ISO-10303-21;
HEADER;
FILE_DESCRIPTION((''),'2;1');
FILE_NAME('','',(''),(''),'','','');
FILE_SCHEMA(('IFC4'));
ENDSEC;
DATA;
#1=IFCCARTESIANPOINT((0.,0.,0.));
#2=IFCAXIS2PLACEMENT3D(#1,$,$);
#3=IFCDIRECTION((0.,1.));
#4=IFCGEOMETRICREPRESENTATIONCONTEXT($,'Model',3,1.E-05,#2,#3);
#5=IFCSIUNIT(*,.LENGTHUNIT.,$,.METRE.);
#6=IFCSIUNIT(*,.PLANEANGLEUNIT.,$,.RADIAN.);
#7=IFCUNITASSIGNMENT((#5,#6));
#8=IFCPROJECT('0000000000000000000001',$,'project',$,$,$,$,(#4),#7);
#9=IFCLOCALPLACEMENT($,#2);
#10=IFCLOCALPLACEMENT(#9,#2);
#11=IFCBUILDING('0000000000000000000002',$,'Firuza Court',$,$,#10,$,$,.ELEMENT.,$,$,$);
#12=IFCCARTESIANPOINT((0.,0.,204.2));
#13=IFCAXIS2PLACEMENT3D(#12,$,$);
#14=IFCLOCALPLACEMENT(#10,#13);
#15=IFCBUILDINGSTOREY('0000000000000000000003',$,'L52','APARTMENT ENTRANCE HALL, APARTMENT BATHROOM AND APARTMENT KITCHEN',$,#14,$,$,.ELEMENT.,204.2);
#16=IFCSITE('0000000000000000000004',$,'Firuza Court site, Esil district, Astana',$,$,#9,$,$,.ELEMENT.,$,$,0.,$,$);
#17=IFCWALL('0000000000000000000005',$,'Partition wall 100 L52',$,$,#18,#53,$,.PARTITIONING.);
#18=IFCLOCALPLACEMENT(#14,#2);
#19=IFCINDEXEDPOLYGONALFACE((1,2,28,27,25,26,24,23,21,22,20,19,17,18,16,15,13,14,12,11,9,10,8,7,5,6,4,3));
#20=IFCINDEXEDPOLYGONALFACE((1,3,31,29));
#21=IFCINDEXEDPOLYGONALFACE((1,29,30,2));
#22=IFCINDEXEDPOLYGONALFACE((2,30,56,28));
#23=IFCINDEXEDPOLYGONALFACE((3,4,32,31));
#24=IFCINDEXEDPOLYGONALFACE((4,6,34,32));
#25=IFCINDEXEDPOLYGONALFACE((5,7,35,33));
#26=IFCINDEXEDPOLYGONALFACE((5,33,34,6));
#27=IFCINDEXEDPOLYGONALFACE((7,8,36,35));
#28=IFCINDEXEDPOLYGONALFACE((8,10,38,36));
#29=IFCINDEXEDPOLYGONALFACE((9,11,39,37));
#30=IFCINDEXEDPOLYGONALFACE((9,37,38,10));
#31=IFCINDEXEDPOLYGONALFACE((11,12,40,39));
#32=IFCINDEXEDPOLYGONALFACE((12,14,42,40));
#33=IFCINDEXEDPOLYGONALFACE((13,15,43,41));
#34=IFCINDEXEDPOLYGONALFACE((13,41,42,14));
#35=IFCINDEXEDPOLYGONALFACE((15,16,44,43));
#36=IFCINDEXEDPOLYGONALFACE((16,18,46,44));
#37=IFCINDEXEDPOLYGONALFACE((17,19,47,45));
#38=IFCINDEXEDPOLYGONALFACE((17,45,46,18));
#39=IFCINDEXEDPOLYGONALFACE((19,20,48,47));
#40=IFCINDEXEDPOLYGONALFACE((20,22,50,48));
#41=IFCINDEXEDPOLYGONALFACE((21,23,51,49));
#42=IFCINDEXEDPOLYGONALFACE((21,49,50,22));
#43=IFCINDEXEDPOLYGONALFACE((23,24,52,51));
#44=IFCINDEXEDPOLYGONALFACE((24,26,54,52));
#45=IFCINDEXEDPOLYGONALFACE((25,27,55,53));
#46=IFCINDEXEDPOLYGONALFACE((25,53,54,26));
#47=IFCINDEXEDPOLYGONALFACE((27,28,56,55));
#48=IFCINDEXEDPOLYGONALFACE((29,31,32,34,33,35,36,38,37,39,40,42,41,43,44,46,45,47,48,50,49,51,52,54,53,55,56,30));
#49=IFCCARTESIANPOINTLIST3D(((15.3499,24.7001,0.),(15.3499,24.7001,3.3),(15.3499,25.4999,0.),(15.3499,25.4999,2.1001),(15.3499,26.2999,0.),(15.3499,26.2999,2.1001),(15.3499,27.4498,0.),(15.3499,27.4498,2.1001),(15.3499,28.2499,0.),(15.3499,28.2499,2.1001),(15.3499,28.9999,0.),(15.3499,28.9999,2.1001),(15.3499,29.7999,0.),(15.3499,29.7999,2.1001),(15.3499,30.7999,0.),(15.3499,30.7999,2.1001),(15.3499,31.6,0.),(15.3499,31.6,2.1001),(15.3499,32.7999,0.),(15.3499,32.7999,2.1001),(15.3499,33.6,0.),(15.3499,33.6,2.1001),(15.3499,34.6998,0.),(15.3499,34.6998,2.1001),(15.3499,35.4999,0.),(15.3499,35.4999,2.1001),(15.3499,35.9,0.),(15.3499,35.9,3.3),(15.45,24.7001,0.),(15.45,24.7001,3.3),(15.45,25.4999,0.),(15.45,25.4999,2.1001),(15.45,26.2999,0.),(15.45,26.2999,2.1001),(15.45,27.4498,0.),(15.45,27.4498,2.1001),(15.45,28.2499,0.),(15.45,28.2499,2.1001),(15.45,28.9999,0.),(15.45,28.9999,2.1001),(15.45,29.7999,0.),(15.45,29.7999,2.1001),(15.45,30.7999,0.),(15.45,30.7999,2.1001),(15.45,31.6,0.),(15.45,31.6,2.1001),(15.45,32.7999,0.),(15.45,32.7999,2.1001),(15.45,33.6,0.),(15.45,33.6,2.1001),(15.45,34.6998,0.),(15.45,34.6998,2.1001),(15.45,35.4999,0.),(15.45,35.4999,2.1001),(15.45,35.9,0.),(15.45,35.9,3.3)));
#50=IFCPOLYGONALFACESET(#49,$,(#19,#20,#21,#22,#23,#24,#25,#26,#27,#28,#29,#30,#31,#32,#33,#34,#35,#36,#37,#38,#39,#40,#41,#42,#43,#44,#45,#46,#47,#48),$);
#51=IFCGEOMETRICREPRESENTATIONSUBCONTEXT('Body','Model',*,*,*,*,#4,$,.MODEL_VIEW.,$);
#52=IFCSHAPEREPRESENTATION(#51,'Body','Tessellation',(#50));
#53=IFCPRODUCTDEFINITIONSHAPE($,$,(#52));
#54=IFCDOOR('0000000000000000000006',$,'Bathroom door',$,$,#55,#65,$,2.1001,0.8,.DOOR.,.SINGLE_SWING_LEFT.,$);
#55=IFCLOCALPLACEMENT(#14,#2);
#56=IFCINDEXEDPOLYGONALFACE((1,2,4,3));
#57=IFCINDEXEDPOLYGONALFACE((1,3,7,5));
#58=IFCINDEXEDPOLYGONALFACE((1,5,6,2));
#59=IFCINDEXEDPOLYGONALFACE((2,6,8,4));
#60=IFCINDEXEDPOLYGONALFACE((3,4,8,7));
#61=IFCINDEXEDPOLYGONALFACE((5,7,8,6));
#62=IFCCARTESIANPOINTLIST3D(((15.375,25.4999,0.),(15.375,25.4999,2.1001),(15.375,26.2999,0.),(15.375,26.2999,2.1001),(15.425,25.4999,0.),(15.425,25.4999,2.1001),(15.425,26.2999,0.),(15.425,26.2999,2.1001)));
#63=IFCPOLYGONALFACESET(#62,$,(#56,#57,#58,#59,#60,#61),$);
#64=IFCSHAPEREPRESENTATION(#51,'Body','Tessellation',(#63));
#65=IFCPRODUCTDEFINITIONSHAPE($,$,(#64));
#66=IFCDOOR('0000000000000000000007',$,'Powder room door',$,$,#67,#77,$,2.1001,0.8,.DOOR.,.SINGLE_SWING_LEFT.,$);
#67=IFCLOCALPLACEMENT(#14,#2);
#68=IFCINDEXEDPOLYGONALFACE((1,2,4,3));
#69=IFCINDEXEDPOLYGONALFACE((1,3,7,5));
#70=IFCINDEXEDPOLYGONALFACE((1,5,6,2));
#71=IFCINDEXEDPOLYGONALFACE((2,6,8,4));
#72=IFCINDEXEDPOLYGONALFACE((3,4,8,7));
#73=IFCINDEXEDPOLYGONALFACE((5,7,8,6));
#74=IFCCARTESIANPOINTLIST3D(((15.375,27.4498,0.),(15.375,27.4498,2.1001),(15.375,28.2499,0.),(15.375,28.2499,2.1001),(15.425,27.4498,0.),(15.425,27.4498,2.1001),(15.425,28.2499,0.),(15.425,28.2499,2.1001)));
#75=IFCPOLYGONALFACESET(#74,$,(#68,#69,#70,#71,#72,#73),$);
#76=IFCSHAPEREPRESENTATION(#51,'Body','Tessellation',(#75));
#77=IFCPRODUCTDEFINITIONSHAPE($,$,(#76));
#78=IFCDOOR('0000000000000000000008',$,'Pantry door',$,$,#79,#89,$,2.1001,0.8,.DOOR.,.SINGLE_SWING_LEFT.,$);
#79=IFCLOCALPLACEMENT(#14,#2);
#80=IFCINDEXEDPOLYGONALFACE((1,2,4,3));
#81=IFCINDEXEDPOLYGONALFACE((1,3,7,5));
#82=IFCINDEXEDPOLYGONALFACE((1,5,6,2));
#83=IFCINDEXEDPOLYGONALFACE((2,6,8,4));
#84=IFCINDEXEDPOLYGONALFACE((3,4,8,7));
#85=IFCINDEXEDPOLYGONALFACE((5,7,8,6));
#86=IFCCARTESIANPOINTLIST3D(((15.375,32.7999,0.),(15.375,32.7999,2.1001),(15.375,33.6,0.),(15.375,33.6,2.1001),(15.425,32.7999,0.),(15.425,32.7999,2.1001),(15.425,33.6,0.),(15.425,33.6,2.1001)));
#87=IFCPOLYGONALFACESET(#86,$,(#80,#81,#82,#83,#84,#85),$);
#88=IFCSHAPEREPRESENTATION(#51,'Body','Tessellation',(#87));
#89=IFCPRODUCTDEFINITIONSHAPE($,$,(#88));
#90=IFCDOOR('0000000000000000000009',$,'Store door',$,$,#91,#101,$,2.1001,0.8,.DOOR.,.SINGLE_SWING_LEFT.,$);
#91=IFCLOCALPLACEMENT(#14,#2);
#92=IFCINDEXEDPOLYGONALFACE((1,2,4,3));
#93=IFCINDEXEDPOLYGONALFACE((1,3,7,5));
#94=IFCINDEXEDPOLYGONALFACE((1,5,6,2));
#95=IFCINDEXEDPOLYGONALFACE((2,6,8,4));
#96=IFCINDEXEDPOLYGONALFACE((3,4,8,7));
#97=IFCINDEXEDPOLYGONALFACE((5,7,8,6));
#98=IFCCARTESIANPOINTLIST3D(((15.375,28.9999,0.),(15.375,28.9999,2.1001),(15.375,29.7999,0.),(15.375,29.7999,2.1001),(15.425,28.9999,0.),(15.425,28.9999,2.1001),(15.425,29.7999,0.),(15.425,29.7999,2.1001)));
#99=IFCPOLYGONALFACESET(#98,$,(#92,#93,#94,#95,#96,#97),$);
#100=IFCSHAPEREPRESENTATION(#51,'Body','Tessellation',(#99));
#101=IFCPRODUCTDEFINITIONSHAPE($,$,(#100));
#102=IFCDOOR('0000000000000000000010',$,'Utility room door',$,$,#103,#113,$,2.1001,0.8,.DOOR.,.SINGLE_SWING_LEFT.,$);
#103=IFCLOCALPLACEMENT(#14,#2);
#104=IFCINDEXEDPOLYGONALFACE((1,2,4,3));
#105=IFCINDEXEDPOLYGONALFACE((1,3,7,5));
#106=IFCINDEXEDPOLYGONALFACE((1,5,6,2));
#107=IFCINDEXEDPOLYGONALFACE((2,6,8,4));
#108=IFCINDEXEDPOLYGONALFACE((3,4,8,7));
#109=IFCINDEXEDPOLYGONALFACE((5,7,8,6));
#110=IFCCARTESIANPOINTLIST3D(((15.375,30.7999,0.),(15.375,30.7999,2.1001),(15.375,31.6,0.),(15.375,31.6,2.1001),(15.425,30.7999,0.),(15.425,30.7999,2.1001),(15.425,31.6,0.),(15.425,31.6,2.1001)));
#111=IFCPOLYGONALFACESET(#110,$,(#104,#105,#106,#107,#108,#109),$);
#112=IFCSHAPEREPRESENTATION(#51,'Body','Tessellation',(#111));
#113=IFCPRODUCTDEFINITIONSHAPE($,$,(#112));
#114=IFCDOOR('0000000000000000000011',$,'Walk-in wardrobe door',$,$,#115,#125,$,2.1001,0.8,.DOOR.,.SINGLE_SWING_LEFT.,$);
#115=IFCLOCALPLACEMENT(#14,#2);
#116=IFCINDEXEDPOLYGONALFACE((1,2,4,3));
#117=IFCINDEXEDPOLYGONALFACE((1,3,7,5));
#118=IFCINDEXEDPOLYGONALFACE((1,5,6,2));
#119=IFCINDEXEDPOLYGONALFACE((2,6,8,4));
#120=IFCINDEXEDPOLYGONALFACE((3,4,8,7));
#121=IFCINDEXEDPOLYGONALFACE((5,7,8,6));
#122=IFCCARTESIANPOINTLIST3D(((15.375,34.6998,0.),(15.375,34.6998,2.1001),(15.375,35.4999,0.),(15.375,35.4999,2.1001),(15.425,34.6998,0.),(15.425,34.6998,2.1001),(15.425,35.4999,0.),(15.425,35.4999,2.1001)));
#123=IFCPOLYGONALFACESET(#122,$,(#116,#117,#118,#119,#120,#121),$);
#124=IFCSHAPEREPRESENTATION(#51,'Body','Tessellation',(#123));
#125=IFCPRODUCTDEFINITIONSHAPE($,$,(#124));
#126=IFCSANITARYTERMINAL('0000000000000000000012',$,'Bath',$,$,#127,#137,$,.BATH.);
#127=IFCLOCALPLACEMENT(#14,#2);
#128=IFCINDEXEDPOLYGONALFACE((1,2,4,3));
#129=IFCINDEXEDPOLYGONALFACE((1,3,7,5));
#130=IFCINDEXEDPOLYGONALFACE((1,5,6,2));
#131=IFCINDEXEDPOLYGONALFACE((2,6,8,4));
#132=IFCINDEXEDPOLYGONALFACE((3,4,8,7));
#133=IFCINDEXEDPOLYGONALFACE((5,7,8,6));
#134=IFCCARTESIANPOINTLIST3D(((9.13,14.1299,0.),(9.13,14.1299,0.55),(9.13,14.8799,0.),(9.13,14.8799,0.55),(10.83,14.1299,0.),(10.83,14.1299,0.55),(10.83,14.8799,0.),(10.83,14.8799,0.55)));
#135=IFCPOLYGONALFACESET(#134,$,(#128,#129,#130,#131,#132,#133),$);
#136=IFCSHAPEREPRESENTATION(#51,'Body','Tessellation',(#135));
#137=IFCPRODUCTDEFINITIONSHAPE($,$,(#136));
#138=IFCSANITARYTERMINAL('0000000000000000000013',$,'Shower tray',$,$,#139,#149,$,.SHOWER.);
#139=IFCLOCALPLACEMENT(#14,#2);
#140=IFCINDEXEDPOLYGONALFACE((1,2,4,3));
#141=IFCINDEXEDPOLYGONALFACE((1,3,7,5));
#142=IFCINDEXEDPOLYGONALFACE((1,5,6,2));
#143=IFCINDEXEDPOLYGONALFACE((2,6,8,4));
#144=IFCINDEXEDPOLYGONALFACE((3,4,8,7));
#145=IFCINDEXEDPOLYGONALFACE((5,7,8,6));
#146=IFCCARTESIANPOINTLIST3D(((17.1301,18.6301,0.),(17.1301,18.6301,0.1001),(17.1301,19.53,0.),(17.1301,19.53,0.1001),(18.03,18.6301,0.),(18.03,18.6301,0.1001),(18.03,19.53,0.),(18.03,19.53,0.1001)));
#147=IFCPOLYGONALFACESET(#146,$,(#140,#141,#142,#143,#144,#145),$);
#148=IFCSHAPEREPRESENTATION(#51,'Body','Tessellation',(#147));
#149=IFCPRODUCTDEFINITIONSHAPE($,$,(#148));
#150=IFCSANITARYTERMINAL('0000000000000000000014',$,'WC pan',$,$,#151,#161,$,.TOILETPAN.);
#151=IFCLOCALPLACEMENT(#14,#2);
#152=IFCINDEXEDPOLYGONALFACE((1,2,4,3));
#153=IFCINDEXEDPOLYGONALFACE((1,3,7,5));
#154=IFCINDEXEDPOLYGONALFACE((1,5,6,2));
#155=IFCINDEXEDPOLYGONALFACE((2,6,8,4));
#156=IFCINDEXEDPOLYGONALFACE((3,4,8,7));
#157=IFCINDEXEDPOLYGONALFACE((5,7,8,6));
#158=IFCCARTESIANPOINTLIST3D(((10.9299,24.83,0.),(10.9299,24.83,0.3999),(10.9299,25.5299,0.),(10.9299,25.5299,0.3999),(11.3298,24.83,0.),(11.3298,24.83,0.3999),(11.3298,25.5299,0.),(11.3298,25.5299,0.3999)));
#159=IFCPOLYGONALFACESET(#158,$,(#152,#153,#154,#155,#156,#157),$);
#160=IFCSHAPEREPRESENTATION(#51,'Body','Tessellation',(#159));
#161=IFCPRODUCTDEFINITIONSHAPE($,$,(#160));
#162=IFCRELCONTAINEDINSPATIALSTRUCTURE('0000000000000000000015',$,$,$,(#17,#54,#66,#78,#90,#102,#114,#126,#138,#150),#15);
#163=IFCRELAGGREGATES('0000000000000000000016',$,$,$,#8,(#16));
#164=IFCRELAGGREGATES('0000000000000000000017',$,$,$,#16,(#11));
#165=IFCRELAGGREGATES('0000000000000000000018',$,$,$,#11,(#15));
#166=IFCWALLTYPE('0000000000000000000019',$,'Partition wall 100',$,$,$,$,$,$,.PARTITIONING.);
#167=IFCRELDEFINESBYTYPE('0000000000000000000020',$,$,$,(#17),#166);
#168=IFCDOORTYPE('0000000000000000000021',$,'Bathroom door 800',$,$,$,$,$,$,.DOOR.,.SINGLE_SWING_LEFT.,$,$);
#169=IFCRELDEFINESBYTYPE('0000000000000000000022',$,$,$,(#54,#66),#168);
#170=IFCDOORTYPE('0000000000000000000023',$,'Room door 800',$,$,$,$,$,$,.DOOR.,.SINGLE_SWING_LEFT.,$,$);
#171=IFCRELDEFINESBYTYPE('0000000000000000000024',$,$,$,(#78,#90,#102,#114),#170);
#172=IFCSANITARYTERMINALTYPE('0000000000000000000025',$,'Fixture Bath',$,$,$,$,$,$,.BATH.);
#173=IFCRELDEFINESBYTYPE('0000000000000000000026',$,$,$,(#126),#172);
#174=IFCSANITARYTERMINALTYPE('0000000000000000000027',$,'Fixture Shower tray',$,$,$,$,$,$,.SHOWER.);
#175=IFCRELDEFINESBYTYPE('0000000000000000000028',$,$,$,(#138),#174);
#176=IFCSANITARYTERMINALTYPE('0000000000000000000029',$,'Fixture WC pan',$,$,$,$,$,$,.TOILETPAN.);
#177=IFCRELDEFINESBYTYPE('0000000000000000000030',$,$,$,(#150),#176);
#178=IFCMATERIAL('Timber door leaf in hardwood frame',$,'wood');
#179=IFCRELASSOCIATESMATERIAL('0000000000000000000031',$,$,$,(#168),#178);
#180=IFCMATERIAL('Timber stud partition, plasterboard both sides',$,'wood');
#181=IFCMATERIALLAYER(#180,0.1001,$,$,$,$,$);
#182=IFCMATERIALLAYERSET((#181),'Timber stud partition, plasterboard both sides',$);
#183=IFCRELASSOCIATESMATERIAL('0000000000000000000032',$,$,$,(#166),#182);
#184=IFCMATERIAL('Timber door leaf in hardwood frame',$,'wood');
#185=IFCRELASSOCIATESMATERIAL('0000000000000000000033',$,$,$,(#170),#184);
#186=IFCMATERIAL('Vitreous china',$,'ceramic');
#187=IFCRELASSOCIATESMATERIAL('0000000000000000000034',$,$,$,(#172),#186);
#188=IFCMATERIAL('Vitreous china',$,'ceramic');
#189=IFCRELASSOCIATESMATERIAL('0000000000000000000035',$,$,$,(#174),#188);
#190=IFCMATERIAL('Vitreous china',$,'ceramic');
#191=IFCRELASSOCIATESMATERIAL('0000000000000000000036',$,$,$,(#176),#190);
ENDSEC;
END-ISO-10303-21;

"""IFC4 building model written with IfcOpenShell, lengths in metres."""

from ifc_helpers import new_model, si_unit, direction, frame, frame_2d, origin, origin_2d, place, context, subcontext, project, spatial, rectangle, extrude, material, layer, layer_set, type_object, element, fill, save


model = new_model("IFC4")

# Units and contexts
model_context = context("Model", 3, precision=1e-05, world=origin(), true_north=direction((0.0, 1.0)))
body_context = subcontext(model_context, "Body", "Model", "MODEL_VIEW")
ifc_project = project(units=[si_unit("LENGTHUNIT", "METRE"), si_unit("PLANEANGLEUNIT", "RADIAN")], contexts=[model_context])

# Site, building, storey
site_placement = place(None, origin())
site = spatial("IfcSite", under=ifc_project, at=site_placement, Name="Firuza Court site, Esil district, Astana", CompositionType="ELEMENT", RefElevation=0.0)
building_placement = place(site_placement, origin())
building = spatial("IfcBuilding", under=site, at=building_placement, Name="Firuza Court", CompositionType="ELEMENT")
storey_placement = place(building_placement, frame((0.0, 0.0, 204.2)))
storey = spatial("IfcBuildingStorey", under=building, at=storey_placement, Name="L52", Description="APARTMENT ENTRANCE HALL, APARTMENT BATHROOM AND APARTMENT KITCHEN", CompositionType="ELEMENT", Elevation=204.2)

# Shared definitions
ifc_material_1 = material(Name="Timber door leaf in hardwood frame", Category="wood")
door_type_1 = type_object("IfcDoorType", Name="Bathroom door 800", OperationType="SINGLE_SWING_LEFT", PredefinedType="DOOR", material=ifc_material_1)
ifc_material_2 = material(Name="Timber stud partition, plasterboard both sides", Category="wood")
ifc_layer_1 = layer(ifc_material_2, 0.1001)
ifc_layer_set_1 = layer_set([ifc_layer_1], Name="Timber stud partition, plasterboard both sides")
wall_type_1 = type_object("IfcWallType", Name="Partition wall 100", PredefinedType="PARTITIONING", material=ifc_layer_set_1)

# Wall, openings, doors
wall_1_placement = place(storey_placement, frame((15.3999, 24.7, 0.0), z_axis=(0.0, 0.0, 1.0), x_axis=(0.0, 1.0, 0.0)))
wall_1 = element("IfcWall", 1, at=wall_1_placement, inside=storey, type_object=wall_type_1, Name="Partition wall 100 L52", PredefinedType="PARTITIONING", context=body_context, shape_type="SweptSolid", body=[
    extrude(rectangle(XDim=11.2, YDim=0.1001, at=frame_2d((5.6001, 0.0))), origin(), (0.0, 0.0, 1.0), 3.3),
])
opening_1_placement = place(wall_1_placement, frame((0.8, 0.0, 0.0)))
opening_1 = element("IfcOpeningElement", 2, at=opening_1_placement, cuts=wall_1, PredefinedType="OPENING", context=body_context, shape_type="SweptSolid", body=[
    extrude(rectangle(XDim=0.8, YDim=2.1001, at=frame_2d((0.3999, 1.05))), frame((0.0, 0.062, 0.0), z_axis=(0.0, -1.0, 0.0), x_axis=(1.0, 0.0, 0.0)), (0.0, 0.0, 1.0), 0.124),
])
opening_2_placement = place(wall_1_placement, frame((8.1001, 0.0, 0.0)))
opening_2 = element("IfcOpeningElement", 3, at=opening_2_placement, cuts=wall_1, PredefinedType="OPENING", context=body_context, shape_type="SweptSolid", body=[
    extrude(rectangle(XDim=0.8, YDim=2.1001, at=frame_2d((0.3999, 1.05))), frame((0.0, 0.062, 0.0), z_axis=(0.0, -1.0, 0.0), x_axis=(1.0, 0.0, 0.0)), (0.0, 0.0, 1.0), 0.124),
])
opening_3_placement = place(wall_1_placement, frame((4.3, 0.0, 0.0)))
opening_3 = element("IfcOpeningElement", 4, at=opening_3_placement, cuts=wall_1, PredefinedType="OPENING", context=body_context, shape_type="SweptSolid", body=[
    extrude(rectangle(XDim=0.8, YDim=2.1001, at=frame_2d((0.3999, 1.05))), frame((0.0, 0.062, 0.0), z_axis=(0.0, -1.0, 0.0), x_axis=(1.0, 0.0, 0.0)), (0.0, 0.0, 1.0), 0.124),
])
opening_4_placement = place(wall_1_placement, frame((6.1001, 0.0, 0.0)))
opening_4 = element("IfcOpeningElement", 5, at=opening_4_placement, cuts=wall_1, PredefinedType="OPENING", context=body_context, shape_type="SweptSolid", body=[
    extrude(rectangle(XDim=0.8, YDim=2.1001, at=frame_2d((0.3999, 1.05))), frame((0.0, 0.062, 0.0), z_axis=(0.0, -1.0, 0.0), x_axis=(1.0, 0.0, 0.0)), (0.0, 0.0, 1.0), 0.124),
])
opening_5_placement = place(wall_1_placement, frame((10.0, 0.0, 0.0)))
opening_5 = element("IfcOpeningElement", 6, at=opening_5_placement, cuts=wall_1, PredefinedType="OPENING", context=body_context, shape_type="SweptSolid", body=[
    extrude(rectangle(XDim=0.8, YDim=2.1001, at=frame_2d((0.3999, 1.05))), frame((0.0, 0.062, 0.0), z_axis=(0.0, -1.0, 0.0), x_axis=(1.0, 0.0, 0.0)), (0.0, 0.0, 1.0), 0.124),
])
opening_6_placement = place(wall_1_placement, frame((2.75, 0.0, 0.0)))
opening_6 = element("IfcOpeningElement", 7, at=opening_6_placement, cuts=wall_1, PredefinedType="OPENING", context=body_context, shape_type="SweptSolid", body=[
    extrude(rectangle(XDim=0.8, YDim=2.1001, at=frame_2d((0.3999, 1.05))), frame((0.0, 0.062, 0.0), z_axis=(0.0, -1.0, 0.0), x_axis=(1.0, 0.0, 0.0)), (0.0, 0.0, 1.0), 0.124),
])
door_1_placement = place(opening_1_placement, origin())
door_1 = element("IfcDoor", 8, at=door_1_placement, inside=storey, type_object=door_type_1, Name="Bathroom door", OperationType="SINGLE_SWING_LEFT", OverallHeight=2.1001, OverallWidth=0.8, PredefinedType="DOOR", context=body_context, shape_type="SweptSolid", body=[
    extrude(rectangle(XDim=0.8, YDim=2.1001, at=frame_2d((0.3999, 1.05))), frame((0.0, 0.0249, 0.0), z_axis=(0.0, -1.0, 0.0), x_axis=(1.0, 0.0, 0.0)), (0.0, 0.0, 1.0), 0.05),
])
fill(opening_1, door_1)
door_2_placement = place(opening_6_placement, origin())
door_2 = element("IfcDoor", 9, at=door_2_placement, inside=storey, type_object=door_type_1, Name="Powder room door", OperationType="SINGLE_SWING_LEFT", OverallHeight=2.1001, OverallWidth=0.8, PredefinedType="DOOR", context=body_context, shape_type="SweptSolid", body=[
    extrude(rectangle(XDim=0.8, YDim=2.1001, at=frame_2d((0.3999, 1.05))), frame((0.0, 0.0249, 0.0), z_axis=(0.0, -1.0, 0.0), x_axis=(1.0, 0.0, 0.0)), (0.0, 0.0, 1.0), 0.05),
])
fill(opening_6, door_2)
ifc_material_3 = material(Name="Timber door leaf in hardwood frame", Category="wood")
door_type_2 = type_object("IfcDoorType", Name="Room door 800", OperationType="SINGLE_SWING_LEFT", PredefinedType="DOOR", material=ifc_material_3)
door_3_placement = place(opening_2_placement, origin())
door_3 = element("IfcDoor", 10, at=door_3_placement, inside=storey, type_object=door_type_2, Name="Pantry door", OperationType="SINGLE_SWING_LEFT", OverallHeight=2.1001, OverallWidth=0.8, PredefinedType="DOOR", context=body_context, shape_type="SweptSolid", body=[
    extrude(rectangle(XDim=0.8, YDim=2.1001, at=frame_2d((0.3999, 1.05))), frame((0.0, 0.0249, 0.0), z_axis=(0.0, -1.0, 0.0), x_axis=(1.0, 0.0, 0.0)), (0.0, 0.0, 1.0), 0.05),
])
fill(opening_2, door_3)
door_4_placement = place(opening_3_placement, origin())
door_4 = element("IfcDoor", 11, at=door_4_placement, inside=storey, type_object=door_type_2, Name="Store door", OperationType="SINGLE_SWING_LEFT", OverallHeight=2.1001, OverallWidth=0.8, PredefinedType="DOOR", context=body_context, shape_type="SweptSolid", body=[
    extrude(rectangle(XDim=0.8, YDim=2.1001, at=frame_2d((0.3999, 1.05))), frame((0.0, 0.0249, 0.0), z_axis=(0.0, -1.0, 0.0), x_axis=(1.0, 0.0, 0.0)), (0.0, 0.0, 1.0), 0.05),
])
fill(opening_3, door_4)
door_5_placement = place(opening_4_placement, origin())
door_5 = element("IfcDoor", 12, at=door_5_placement, inside=storey, type_object=door_type_2, Name="Utility room door", OperationType="SINGLE_SWING_LEFT", OverallHeight=2.1001, OverallWidth=0.8, PredefinedType="DOOR", context=body_context, shape_type="SweptSolid", body=[
    extrude(rectangle(XDim=0.8, YDim=2.1001, at=frame_2d((0.3999, 1.05))), frame((0.0, 0.0249, 0.0), z_axis=(0.0, -1.0, 0.0), x_axis=(1.0, 0.0, 0.0)), (0.0, 0.0, 1.0), 0.05),
])
fill(opening_4, door_5)
door_6_placement = place(opening_5_placement, origin())
door_6 = element("IfcDoor", 13, at=door_6_placement, inside=storey, type_object=door_type_2, Name="Walk-in wardrobe door", OperationType="SINGLE_SWING_LEFT", OverallHeight=2.1001, OverallWidth=0.8, PredefinedType="DOOR", context=body_context, shape_type="SweptSolid", body=[
    extrude(rectangle(XDim=0.8, YDim=2.1001, at=frame_2d((0.3999, 1.05))), frame((0.0, 0.0249, 0.0), z_axis=(0.0, -1.0, 0.0), x_axis=(1.0, 0.0, 0.0)), (0.0, 0.0, 1.0), 0.05),
])
fill(opening_5, door_6)

# Sanitary terminals
ifc_material_4 = material(Name="Vitreous china", Category="ceramic")
sanitary_terminal_type_1 = type_object("IfcSanitaryTerminalType", Name="Fixture Bath", PredefinedType="BATH", material=ifc_material_4)
sanitary_terminal_1_placement = place(storey_placement, frame((9.98, 14.5049, 0.0), z_axis=(0.0, 0.0, 1.0), x_axis=(1.0, 0.0, 0.0)))
element("IfcSanitaryTerminal", 14, at=sanitary_terminal_1_placement, inside=storey, type_object=sanitary_terminal_type_1, Name="Bath", PredefinedType="BATH", context=body_context, shape_type="SweptSolid", body=[
    extrude(rectangle(XDim=1.7, YDim=0.75, at=origin_2d()), origin(), (0.0, 0.0, 1.0), 0.55),
])
ifc_material_5 = material(Name="Vitreous china", Category="ceramic")
sanitary_terminal_type_2 = type_object("IfcSanitaryTerminalType", Name="Fixture Shower tray", PredefinedType="SHOWER", material=ifc_material_5)
sanitary_terminal_2_placement = place(storey_placement, frame((17.5801, 19.0801, 0.0), z_axis=(0.0, 0.0, 1.0), x_axis=(1.0, 0.0, 0.0)))
element("IfcSanitaryTerminal", 15, at=sanitary_terminal_2_placement, inside=storey, type_object=sanitary_terminal_type_2, Name="Shower tray", PredefinedType="SHOWER", context=body_context, shape_type="SweptSolid", body=[
    extrude(rectangle(XDim=0.8999, YDim=0.8999, at=origin_2d()), origin(), (0.0, 0.0, 1.0), 0.1001),
])
ifc_material_6 = material(Name="Vitreous china", Category="ceramic")
sanitary_terminal_type_3 = type_object("IfcSanitaryTerminalType", Name="Fixture WC pan", PredefinedType="TOILETPAN", material=ifc_material_6)
for number, where, z_axis, x_axis, name in (
    (16, (11.1299, 25.1799, 0.0), (0.0, 0.0, 1.0), (1.0, 0.0, 0.0), "WC pan"),
):
    element("IfcSanitaryTerminal", number, at=place(storey_placement, frame(where, z_axis=z_axis, x_axis=x_axis)), inside=storey, type_object=sanitary_terminal_type_3, Name=name, PredefinedType="TOILETPAN", context=body_context, shape_type="SweptSolid", body=[
        extrude(rectangle(XDim=0.3999, YDim=0.7, at=origin_2d()), origin(), (0.0, 0.0, 1.0), 0.3999),
    ])

save(model, "model.ifc")
